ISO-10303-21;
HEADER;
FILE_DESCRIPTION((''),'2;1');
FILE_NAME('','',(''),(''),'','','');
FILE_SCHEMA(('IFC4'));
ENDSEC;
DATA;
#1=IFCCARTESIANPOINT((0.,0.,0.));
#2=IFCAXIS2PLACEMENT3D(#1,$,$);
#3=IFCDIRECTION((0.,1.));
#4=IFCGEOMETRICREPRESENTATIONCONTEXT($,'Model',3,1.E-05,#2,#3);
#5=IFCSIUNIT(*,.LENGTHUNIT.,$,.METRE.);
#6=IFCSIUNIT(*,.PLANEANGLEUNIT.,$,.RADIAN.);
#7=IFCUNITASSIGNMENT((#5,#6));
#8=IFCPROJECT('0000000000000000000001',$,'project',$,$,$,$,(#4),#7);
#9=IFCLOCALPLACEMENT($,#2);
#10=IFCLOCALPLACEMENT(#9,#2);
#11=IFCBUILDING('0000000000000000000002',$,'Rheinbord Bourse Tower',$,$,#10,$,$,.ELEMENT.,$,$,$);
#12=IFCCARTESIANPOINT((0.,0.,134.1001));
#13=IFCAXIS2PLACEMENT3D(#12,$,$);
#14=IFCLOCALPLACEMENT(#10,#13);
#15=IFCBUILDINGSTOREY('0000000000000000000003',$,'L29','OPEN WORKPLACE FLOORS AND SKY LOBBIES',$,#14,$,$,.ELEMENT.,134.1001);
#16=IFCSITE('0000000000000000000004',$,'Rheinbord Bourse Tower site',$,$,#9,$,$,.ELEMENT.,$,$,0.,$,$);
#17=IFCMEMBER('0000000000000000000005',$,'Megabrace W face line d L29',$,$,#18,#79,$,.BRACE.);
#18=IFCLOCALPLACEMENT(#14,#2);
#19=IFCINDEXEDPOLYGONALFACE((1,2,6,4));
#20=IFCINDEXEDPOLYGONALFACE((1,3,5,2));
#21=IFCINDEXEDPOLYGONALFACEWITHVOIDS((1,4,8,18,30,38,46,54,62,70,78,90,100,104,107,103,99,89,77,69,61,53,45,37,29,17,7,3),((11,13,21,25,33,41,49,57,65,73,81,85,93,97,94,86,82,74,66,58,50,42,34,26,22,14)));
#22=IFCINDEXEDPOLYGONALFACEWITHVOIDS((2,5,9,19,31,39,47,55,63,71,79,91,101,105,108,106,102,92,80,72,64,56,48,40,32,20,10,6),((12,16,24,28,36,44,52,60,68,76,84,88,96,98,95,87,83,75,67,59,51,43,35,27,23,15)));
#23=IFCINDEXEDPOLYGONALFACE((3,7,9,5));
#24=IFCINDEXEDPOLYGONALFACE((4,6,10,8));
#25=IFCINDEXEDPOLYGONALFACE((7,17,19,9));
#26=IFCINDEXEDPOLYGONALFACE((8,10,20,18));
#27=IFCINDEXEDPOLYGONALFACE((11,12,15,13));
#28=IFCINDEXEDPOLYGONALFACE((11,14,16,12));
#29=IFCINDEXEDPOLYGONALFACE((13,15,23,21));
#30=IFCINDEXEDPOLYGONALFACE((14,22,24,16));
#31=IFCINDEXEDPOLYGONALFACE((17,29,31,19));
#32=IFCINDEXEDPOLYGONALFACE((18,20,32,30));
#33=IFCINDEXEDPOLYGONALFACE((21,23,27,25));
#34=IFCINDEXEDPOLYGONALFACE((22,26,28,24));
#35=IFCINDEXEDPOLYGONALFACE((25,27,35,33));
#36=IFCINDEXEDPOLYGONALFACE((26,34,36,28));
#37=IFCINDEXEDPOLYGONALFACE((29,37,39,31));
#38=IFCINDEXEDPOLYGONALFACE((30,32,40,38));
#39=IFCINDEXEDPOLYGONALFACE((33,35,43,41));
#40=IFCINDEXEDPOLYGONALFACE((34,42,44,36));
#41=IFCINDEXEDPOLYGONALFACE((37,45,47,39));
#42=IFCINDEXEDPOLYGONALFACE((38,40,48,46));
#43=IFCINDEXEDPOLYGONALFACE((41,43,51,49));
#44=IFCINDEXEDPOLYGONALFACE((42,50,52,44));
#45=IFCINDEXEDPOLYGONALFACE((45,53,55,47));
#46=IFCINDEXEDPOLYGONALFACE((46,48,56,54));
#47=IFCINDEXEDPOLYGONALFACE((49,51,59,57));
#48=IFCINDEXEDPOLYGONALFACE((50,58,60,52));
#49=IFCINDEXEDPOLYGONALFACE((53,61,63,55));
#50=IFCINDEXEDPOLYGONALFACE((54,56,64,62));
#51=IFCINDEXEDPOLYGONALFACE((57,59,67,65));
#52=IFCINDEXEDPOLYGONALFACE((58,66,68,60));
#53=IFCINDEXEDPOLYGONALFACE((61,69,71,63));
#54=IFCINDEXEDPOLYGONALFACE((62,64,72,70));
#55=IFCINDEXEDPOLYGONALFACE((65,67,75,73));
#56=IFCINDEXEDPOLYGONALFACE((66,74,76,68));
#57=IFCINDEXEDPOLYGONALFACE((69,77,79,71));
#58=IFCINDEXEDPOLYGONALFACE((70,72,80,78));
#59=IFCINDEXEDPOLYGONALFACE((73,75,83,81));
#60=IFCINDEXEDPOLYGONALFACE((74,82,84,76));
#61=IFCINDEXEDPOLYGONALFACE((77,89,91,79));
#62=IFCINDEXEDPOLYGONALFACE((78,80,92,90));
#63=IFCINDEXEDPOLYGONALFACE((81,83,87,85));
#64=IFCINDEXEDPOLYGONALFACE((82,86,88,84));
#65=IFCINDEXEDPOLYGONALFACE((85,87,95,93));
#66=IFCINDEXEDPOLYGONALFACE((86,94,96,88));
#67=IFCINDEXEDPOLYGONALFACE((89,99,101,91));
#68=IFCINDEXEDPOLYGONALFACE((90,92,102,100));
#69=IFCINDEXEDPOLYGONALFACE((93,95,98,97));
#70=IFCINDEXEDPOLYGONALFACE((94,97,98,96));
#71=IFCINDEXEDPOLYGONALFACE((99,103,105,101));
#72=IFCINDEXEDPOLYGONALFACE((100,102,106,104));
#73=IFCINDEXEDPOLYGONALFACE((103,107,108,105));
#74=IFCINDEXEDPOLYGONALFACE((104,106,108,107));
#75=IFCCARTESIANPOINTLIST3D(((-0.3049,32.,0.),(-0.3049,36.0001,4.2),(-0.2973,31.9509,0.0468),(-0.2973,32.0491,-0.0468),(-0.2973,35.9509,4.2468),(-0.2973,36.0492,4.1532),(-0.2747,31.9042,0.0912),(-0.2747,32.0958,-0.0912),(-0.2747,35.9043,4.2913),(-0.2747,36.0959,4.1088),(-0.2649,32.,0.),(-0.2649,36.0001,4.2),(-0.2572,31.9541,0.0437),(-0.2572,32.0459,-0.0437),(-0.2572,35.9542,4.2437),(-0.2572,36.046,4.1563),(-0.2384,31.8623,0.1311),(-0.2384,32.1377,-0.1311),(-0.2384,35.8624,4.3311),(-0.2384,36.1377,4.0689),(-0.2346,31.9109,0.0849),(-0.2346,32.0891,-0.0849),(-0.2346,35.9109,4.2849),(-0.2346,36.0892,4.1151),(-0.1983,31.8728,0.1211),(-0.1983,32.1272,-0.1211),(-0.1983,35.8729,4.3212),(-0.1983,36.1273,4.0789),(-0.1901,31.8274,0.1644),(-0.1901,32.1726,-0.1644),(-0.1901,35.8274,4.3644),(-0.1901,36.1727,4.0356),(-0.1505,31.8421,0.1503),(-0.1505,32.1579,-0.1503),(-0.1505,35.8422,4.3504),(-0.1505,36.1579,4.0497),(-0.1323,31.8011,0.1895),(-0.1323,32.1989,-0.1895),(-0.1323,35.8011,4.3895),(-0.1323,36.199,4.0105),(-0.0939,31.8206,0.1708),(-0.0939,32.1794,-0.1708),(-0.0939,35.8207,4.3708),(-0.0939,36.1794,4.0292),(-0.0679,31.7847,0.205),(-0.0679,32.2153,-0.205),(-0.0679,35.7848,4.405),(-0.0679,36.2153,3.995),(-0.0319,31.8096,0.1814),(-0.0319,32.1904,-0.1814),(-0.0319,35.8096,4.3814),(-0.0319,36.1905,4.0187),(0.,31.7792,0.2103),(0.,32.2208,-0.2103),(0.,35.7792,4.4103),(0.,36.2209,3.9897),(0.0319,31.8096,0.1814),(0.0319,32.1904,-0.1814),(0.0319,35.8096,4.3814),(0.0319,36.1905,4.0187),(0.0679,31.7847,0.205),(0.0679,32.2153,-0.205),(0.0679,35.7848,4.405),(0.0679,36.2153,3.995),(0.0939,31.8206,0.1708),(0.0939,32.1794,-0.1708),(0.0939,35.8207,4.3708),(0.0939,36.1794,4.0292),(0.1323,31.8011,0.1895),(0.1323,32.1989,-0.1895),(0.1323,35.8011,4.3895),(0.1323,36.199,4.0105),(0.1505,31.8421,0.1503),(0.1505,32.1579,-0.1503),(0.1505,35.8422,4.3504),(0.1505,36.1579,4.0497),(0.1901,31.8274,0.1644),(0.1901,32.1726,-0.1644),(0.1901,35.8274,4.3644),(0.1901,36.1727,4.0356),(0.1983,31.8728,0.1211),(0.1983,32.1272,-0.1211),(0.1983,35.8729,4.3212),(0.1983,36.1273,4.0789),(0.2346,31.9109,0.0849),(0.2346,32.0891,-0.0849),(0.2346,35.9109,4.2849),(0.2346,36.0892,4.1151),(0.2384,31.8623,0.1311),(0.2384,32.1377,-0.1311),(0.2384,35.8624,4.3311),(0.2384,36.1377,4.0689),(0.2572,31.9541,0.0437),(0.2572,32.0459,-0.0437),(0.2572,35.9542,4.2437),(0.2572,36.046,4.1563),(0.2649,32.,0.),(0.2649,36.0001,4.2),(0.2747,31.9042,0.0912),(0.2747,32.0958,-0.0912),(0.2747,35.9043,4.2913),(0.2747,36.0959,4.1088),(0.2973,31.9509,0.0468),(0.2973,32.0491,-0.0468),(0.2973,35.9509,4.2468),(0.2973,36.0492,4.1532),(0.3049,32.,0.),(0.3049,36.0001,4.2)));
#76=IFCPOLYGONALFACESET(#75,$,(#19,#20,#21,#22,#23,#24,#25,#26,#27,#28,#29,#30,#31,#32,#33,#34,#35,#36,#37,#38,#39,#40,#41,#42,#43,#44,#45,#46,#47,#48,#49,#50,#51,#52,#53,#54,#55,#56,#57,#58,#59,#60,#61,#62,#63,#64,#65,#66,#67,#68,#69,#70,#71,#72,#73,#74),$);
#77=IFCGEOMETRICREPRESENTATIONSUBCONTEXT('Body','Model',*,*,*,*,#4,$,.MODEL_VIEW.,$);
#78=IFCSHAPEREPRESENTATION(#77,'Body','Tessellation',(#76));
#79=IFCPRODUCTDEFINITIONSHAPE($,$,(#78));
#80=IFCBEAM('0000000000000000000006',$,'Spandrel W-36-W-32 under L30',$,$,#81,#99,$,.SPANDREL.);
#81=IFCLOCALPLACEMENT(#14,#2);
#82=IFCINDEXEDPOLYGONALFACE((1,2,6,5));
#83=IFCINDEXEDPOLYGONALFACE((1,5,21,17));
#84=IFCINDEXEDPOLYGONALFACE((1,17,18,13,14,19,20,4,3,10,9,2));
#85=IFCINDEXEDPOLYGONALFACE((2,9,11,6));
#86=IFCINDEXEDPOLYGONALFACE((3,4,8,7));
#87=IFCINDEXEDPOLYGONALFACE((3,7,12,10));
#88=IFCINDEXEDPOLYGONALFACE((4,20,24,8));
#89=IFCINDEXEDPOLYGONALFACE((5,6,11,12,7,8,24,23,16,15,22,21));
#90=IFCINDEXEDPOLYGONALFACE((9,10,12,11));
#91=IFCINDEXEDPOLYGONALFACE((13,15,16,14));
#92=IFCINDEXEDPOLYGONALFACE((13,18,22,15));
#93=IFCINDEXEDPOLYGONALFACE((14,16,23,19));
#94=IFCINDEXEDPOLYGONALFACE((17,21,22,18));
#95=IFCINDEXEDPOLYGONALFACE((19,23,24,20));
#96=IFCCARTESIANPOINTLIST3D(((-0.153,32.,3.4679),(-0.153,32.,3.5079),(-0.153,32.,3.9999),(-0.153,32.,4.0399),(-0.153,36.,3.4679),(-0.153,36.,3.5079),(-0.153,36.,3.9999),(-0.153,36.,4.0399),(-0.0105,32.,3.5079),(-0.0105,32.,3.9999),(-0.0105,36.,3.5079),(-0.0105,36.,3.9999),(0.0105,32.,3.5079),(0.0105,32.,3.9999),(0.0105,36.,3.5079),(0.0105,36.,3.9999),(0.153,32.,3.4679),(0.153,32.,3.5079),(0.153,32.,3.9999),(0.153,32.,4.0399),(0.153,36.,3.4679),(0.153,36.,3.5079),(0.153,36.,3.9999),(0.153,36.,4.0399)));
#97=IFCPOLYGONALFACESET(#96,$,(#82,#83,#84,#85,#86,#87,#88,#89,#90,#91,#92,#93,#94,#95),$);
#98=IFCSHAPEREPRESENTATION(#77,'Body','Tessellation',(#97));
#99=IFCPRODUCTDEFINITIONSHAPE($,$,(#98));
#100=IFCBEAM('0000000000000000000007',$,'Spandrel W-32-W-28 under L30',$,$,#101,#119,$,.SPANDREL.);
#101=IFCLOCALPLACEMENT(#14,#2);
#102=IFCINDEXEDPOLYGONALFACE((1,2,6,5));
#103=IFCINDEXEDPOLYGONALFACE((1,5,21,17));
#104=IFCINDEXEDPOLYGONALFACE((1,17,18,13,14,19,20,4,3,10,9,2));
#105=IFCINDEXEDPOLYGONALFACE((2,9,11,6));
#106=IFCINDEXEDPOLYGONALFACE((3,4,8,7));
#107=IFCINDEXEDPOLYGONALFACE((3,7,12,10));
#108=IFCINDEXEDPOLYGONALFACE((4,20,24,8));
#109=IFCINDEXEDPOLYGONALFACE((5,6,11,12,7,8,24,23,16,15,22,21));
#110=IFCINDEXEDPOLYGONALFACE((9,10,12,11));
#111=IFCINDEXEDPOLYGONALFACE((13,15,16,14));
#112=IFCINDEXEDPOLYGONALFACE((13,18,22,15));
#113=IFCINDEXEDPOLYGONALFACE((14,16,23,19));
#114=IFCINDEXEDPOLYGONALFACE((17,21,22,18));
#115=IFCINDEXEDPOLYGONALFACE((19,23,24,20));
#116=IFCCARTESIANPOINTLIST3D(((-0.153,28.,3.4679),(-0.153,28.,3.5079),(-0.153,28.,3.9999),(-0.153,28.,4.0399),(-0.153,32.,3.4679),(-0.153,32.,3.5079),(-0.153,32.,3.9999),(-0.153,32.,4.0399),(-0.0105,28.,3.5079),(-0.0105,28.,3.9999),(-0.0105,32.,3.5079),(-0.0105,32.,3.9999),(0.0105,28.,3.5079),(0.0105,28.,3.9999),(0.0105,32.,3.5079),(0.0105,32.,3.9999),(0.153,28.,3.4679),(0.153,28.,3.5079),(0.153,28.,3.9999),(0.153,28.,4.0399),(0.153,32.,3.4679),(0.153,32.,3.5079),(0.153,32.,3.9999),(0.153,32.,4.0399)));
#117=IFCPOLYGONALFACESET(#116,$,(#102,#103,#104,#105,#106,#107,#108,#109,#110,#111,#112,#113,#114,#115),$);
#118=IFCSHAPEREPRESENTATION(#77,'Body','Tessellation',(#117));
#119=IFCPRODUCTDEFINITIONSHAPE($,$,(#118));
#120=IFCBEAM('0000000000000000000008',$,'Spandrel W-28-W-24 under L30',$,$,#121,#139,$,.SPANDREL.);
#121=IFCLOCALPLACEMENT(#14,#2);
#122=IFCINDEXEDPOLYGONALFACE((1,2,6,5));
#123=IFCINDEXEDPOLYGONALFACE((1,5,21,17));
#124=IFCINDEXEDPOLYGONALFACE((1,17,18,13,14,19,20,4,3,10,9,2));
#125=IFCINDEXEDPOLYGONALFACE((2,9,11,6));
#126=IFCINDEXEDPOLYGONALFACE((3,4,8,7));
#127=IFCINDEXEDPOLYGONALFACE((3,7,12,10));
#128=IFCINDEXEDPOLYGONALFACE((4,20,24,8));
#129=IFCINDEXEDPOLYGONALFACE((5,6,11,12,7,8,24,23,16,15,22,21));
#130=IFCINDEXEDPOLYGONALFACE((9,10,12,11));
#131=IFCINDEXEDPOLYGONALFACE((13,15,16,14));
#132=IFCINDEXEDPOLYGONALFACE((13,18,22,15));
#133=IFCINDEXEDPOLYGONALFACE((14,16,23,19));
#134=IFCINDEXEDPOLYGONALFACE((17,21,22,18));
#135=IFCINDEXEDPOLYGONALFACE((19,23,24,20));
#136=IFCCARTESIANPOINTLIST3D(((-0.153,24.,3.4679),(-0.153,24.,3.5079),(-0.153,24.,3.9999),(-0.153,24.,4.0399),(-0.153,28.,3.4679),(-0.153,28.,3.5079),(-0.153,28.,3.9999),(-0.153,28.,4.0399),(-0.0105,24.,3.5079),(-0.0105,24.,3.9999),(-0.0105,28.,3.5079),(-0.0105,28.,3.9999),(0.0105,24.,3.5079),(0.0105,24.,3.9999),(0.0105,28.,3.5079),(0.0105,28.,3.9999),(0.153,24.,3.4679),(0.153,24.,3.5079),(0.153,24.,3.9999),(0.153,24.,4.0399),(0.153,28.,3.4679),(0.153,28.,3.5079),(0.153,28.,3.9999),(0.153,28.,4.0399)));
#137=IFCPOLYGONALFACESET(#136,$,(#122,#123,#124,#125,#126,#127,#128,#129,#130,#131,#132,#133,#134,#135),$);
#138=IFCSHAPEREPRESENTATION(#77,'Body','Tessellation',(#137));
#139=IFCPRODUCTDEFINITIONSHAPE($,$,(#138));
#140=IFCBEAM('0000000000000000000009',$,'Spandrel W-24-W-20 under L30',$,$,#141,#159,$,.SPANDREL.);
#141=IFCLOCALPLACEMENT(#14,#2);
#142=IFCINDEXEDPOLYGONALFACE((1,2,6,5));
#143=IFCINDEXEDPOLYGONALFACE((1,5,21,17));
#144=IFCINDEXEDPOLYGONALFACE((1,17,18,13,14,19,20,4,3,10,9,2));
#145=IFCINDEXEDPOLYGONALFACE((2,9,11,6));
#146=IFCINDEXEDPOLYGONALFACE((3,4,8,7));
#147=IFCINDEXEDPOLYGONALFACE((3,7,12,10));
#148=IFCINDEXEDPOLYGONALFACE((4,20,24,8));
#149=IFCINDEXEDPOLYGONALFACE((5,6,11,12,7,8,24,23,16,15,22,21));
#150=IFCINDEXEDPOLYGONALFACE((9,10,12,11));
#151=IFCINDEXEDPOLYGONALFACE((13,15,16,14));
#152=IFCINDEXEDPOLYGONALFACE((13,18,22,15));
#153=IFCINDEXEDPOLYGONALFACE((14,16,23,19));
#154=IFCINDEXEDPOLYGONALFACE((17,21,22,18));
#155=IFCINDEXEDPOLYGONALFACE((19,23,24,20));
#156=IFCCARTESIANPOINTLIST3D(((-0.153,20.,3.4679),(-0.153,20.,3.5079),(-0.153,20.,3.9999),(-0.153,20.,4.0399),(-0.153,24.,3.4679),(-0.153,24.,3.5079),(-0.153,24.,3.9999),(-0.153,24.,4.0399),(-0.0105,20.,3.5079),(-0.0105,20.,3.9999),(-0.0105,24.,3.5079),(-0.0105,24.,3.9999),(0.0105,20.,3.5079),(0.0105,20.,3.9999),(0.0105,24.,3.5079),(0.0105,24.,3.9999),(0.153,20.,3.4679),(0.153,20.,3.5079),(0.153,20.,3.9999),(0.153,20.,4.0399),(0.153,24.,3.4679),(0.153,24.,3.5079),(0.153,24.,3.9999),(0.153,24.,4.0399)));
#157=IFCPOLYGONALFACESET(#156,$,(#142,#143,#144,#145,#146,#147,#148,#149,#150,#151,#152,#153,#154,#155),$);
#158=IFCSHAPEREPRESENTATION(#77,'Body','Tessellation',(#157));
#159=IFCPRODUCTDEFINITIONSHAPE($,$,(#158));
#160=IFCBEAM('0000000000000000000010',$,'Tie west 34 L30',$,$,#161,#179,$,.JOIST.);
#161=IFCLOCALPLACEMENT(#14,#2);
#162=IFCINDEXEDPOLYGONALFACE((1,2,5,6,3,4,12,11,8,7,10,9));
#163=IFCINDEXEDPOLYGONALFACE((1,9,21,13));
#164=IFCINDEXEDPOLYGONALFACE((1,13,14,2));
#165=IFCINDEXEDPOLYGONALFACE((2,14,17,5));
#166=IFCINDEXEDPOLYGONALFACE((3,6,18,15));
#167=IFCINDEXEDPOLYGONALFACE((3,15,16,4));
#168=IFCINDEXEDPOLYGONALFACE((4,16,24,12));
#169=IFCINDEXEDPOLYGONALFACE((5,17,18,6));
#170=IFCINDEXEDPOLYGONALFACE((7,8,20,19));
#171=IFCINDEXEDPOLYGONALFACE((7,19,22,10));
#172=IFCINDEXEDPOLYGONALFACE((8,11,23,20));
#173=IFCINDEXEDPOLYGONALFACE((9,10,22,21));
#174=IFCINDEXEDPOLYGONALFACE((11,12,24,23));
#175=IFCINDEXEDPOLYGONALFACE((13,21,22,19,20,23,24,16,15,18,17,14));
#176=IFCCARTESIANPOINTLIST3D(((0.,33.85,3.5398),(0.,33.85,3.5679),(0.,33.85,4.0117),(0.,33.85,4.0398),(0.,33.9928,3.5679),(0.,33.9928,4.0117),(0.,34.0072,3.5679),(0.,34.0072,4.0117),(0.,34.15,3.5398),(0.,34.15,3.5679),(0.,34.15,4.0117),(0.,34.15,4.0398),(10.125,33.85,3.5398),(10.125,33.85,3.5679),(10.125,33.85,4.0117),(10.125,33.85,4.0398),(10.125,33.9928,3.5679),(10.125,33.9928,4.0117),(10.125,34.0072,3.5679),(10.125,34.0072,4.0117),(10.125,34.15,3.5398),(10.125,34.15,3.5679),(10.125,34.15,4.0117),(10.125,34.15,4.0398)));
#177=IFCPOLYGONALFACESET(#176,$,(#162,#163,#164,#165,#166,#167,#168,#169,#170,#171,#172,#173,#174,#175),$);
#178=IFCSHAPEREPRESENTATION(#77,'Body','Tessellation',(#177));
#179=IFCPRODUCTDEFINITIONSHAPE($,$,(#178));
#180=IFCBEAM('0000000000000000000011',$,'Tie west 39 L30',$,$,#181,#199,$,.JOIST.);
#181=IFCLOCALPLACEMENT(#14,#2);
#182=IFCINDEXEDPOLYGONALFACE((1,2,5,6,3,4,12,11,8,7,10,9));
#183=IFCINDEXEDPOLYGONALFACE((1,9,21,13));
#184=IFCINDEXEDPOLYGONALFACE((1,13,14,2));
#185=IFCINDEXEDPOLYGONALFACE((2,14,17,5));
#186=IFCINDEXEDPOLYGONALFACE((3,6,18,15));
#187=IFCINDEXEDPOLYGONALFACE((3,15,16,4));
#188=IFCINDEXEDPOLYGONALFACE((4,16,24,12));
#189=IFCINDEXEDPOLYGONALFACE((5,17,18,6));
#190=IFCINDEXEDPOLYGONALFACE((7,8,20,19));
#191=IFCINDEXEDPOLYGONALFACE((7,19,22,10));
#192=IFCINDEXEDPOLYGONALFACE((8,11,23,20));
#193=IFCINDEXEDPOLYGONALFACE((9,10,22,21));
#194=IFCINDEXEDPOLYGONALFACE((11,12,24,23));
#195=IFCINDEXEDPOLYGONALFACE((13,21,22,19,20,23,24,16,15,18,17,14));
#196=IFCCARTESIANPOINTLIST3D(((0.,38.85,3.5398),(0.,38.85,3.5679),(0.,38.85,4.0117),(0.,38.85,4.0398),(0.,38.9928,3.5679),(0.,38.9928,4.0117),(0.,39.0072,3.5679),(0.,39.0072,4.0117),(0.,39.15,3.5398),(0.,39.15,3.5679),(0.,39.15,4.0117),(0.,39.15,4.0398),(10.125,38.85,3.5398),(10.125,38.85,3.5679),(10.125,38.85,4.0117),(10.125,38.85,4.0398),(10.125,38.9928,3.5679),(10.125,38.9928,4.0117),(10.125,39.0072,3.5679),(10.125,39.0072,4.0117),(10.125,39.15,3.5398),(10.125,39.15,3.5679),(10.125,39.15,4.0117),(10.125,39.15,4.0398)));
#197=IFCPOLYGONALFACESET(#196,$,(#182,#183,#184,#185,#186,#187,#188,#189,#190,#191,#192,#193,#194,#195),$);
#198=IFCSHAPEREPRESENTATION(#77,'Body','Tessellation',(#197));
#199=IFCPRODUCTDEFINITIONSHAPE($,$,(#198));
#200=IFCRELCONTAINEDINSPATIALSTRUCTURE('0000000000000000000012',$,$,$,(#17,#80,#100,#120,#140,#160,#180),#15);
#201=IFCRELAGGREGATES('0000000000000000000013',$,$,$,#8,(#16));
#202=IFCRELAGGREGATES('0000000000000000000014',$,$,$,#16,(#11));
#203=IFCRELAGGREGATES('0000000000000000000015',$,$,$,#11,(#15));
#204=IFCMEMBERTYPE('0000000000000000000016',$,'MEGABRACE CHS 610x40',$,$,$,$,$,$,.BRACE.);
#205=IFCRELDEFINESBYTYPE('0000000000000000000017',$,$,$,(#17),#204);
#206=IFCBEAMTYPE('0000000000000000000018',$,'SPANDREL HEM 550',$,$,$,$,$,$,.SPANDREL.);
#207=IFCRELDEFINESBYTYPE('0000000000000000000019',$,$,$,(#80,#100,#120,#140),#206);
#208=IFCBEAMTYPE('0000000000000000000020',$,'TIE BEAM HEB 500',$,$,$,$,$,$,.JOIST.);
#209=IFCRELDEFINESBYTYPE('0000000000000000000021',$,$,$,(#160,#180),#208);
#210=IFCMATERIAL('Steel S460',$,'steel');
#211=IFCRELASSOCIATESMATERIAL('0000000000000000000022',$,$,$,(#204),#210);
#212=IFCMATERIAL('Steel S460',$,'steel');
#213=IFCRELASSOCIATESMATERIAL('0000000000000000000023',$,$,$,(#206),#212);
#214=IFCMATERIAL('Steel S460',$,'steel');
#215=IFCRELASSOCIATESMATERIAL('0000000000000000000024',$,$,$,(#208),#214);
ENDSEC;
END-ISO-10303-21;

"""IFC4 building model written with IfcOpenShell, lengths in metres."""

from ifc_helpers import new_model, si_unit, direction, frame, origin, origin_2d, place, context, subcontext, project, spatial, hollow_circle, i_section, extrude, material, material_profile, profile_set, type_object, element, save


model = new_model("IFC4")

# Units and contexts
model_context = context("Model", 3, precision=1e-05, world=origin(), true_north=direction((0.0, 1.0)))
body_context = subcontext(model_context, "Body", "Model", "MODEL_VIEW")
ifc_project = project(units=[si_unit("LENGTHUNIT", "METRE"), si_unit("PLANEANGLEUNIT", "RADIAN")], contexts=[model_context])

# Site, building, storey
site_placement = place(None, origin())
site = spatial("IfcSite", under=ifc_project, at=site_placement, Name="Rheinbord Bourse Tower site", CompositionType="ELEMENT", RefElevation=0.0)
building_placement = place(site_placement, origin())
building = spatial("IfcBuilding", under=site, at=building_placement, Name="Rheinbord Bourse Tower", CompositionType="ELEMENT")
storey_placement = place(building_placement, frame((0.0, 0.0, 134.1001)))
storey = spatial("IfcBuildingStorey", under=building, at=storey_placement, Name="L29", Description="OPEN WORKPLACE FLOORS AND SKY LOBBIES", CompositionType="ELEMENT", Elevation=134.1001)

# Member
ifc_material_1 = material(Name="Steel S460", Category="steel")
ifc_material_profile_1 = material_profile(ifc_material_1, hollow_circle(Radius=0.3049, WallThickness=0.04, at=origin_2d()), Name="CHS 610x40")
ifc_profile_set_1 = profile_set([ifc_material_profile_1], Name="Steel S460")
member_type_1 = type_object("IfcMemberType", Name="MEGABRACE CHS 610x40", PredefinedType="BRACE", material=ifc_profile_set_1)
for number, where, z_axis, x_axis, name in (
    (1, (0.0, 32.0, 0.0), (0.0, 0.689659, 0.724134), (-1.0, 0.0, 0.0), "Megabrace W face line d L29"),
):
    element("IfcMember", number, at=place(storey_placement, frame(where, z_axis=z_axis, x_axis=x_axis)), inside=storey, type_object=member_type_1, Name=name, PredefinedType="BRACE", context=body_context, shape_type="SweptSolid", body=[
        extrude(hollow_circle(Radius=0.3049, WallThickness=0.04, at=origin_2d()), origin(), (0.0, 0.0, 1.0), 5.8),
    ])

# Beams
ifc_material_2 = material(Name="Steel S460", Category="steel")
ifc_material_profile_2 = material_profile(ifc_material_2, i_section(OverallWidth=0.3059, OverallDepth=0.572, WebThickness=0.021, FlangeThickness=0.04, at=origin_2d()), Name="HEM 550")
ifc_profile_set_2 = profile_set([ifc_material_profile_2], Name="Steel S460")
beam_type_1 = type_object("IfcBeamType", Name="SPANDREL HEM 550", PredefinedType="SPANDREL", material=ifc_profile_set_2)
for number, where, z_axis, x_axis, name in (
    (2, (0.0, 36.0, 3.7539), (0.0, -1.0, 0.0), (1.0, 0.0, 0.0), "Spandrel W-36-W-32 under L30"),
    (3, (0.0, 32.0, 3.7539), (0.0, -1.0, 0.0), (1.0, 0.0, 0.0), "Spandrel W-32-W-28 under L30"),
    (4, (0.0, 28.0, 3.7539), (0.0, -1.0, 0.0), (1.0, 0.0, 0.0), "Spandrel W-28-W-24 under L30"),
    (5, (0.0, 24.0, 3.7539), (0.0, -1.0, 0.0), (1.0, 0.0, 0.0), "Spandrel W-24-W-20 under L30"),
):
    element("IfcBeam", number, at=place(storey_placement, frame(where, z_axis=z_axis, x_axis=x_axis)), inside=storey, type_object=beam_type_1, Name=name, PredefinedType="SPANDREL", context=body_context, shape_type="SweptSolid", body=[
        extrude(i_section(OverallWidth=0.3059, OverallDepth=0.572, WebThickness=0.021, FlangeThickness=0.04, at=origin_2d()), origin(), (0.0, 0.0, 1.0), 4.0),
    ])
ifc_material_3 = material(Name="Steel S460", Category="steel")
ifc_material_profile_3 = material_profile(ifc_material_3, i_section(OverallWidth=0.3, OverallDepth=0.5, WebThickness=0.0144, FlangeThickness=0.0281, at=origin_2d()), Name="HEB 500")
ifc_profile_set_3 = profile_set([ifc_material_profile_3], Name="Steel S460")
beam_type_2 = type_object("IfcBeamType", Name="TIE BEAM HEB 500", PredefinedType="JOIST", material=ifc_profile_set_3)
for number, where, z_axis, x_axis, name in (
    (6, (0.0, 34.0, 3.7898), (1.0, 0.0, 0.0), (0.0, 1.0, 0.0), "Tie west 34 L30"),
    (7, (0.0, 39.0, 3.7898), (1.0, 0.0, 0.0), (0.0, 1.0, 0.0), "Tie west 39 L30"),
):
    element("IfcBeam", number, at=place(storey_placement, frame(where, z_axis=z_axis, x_axis=x_axis)), inside=storey, type_object=beam_type_2, Name=name, PredefinedType="JOIST", context=body_context, shape_type="SweptSolid", body=[
        extrude(i_section(OverallWidth=0.3, OverallDepth=0.5, WebThickness=0.0144, FlangeThickness=0.0281, at=origin_2d()), origin(), (0.0, 0.0, 1.0), 10.125),
    ])

save(model, "model.ifc")
